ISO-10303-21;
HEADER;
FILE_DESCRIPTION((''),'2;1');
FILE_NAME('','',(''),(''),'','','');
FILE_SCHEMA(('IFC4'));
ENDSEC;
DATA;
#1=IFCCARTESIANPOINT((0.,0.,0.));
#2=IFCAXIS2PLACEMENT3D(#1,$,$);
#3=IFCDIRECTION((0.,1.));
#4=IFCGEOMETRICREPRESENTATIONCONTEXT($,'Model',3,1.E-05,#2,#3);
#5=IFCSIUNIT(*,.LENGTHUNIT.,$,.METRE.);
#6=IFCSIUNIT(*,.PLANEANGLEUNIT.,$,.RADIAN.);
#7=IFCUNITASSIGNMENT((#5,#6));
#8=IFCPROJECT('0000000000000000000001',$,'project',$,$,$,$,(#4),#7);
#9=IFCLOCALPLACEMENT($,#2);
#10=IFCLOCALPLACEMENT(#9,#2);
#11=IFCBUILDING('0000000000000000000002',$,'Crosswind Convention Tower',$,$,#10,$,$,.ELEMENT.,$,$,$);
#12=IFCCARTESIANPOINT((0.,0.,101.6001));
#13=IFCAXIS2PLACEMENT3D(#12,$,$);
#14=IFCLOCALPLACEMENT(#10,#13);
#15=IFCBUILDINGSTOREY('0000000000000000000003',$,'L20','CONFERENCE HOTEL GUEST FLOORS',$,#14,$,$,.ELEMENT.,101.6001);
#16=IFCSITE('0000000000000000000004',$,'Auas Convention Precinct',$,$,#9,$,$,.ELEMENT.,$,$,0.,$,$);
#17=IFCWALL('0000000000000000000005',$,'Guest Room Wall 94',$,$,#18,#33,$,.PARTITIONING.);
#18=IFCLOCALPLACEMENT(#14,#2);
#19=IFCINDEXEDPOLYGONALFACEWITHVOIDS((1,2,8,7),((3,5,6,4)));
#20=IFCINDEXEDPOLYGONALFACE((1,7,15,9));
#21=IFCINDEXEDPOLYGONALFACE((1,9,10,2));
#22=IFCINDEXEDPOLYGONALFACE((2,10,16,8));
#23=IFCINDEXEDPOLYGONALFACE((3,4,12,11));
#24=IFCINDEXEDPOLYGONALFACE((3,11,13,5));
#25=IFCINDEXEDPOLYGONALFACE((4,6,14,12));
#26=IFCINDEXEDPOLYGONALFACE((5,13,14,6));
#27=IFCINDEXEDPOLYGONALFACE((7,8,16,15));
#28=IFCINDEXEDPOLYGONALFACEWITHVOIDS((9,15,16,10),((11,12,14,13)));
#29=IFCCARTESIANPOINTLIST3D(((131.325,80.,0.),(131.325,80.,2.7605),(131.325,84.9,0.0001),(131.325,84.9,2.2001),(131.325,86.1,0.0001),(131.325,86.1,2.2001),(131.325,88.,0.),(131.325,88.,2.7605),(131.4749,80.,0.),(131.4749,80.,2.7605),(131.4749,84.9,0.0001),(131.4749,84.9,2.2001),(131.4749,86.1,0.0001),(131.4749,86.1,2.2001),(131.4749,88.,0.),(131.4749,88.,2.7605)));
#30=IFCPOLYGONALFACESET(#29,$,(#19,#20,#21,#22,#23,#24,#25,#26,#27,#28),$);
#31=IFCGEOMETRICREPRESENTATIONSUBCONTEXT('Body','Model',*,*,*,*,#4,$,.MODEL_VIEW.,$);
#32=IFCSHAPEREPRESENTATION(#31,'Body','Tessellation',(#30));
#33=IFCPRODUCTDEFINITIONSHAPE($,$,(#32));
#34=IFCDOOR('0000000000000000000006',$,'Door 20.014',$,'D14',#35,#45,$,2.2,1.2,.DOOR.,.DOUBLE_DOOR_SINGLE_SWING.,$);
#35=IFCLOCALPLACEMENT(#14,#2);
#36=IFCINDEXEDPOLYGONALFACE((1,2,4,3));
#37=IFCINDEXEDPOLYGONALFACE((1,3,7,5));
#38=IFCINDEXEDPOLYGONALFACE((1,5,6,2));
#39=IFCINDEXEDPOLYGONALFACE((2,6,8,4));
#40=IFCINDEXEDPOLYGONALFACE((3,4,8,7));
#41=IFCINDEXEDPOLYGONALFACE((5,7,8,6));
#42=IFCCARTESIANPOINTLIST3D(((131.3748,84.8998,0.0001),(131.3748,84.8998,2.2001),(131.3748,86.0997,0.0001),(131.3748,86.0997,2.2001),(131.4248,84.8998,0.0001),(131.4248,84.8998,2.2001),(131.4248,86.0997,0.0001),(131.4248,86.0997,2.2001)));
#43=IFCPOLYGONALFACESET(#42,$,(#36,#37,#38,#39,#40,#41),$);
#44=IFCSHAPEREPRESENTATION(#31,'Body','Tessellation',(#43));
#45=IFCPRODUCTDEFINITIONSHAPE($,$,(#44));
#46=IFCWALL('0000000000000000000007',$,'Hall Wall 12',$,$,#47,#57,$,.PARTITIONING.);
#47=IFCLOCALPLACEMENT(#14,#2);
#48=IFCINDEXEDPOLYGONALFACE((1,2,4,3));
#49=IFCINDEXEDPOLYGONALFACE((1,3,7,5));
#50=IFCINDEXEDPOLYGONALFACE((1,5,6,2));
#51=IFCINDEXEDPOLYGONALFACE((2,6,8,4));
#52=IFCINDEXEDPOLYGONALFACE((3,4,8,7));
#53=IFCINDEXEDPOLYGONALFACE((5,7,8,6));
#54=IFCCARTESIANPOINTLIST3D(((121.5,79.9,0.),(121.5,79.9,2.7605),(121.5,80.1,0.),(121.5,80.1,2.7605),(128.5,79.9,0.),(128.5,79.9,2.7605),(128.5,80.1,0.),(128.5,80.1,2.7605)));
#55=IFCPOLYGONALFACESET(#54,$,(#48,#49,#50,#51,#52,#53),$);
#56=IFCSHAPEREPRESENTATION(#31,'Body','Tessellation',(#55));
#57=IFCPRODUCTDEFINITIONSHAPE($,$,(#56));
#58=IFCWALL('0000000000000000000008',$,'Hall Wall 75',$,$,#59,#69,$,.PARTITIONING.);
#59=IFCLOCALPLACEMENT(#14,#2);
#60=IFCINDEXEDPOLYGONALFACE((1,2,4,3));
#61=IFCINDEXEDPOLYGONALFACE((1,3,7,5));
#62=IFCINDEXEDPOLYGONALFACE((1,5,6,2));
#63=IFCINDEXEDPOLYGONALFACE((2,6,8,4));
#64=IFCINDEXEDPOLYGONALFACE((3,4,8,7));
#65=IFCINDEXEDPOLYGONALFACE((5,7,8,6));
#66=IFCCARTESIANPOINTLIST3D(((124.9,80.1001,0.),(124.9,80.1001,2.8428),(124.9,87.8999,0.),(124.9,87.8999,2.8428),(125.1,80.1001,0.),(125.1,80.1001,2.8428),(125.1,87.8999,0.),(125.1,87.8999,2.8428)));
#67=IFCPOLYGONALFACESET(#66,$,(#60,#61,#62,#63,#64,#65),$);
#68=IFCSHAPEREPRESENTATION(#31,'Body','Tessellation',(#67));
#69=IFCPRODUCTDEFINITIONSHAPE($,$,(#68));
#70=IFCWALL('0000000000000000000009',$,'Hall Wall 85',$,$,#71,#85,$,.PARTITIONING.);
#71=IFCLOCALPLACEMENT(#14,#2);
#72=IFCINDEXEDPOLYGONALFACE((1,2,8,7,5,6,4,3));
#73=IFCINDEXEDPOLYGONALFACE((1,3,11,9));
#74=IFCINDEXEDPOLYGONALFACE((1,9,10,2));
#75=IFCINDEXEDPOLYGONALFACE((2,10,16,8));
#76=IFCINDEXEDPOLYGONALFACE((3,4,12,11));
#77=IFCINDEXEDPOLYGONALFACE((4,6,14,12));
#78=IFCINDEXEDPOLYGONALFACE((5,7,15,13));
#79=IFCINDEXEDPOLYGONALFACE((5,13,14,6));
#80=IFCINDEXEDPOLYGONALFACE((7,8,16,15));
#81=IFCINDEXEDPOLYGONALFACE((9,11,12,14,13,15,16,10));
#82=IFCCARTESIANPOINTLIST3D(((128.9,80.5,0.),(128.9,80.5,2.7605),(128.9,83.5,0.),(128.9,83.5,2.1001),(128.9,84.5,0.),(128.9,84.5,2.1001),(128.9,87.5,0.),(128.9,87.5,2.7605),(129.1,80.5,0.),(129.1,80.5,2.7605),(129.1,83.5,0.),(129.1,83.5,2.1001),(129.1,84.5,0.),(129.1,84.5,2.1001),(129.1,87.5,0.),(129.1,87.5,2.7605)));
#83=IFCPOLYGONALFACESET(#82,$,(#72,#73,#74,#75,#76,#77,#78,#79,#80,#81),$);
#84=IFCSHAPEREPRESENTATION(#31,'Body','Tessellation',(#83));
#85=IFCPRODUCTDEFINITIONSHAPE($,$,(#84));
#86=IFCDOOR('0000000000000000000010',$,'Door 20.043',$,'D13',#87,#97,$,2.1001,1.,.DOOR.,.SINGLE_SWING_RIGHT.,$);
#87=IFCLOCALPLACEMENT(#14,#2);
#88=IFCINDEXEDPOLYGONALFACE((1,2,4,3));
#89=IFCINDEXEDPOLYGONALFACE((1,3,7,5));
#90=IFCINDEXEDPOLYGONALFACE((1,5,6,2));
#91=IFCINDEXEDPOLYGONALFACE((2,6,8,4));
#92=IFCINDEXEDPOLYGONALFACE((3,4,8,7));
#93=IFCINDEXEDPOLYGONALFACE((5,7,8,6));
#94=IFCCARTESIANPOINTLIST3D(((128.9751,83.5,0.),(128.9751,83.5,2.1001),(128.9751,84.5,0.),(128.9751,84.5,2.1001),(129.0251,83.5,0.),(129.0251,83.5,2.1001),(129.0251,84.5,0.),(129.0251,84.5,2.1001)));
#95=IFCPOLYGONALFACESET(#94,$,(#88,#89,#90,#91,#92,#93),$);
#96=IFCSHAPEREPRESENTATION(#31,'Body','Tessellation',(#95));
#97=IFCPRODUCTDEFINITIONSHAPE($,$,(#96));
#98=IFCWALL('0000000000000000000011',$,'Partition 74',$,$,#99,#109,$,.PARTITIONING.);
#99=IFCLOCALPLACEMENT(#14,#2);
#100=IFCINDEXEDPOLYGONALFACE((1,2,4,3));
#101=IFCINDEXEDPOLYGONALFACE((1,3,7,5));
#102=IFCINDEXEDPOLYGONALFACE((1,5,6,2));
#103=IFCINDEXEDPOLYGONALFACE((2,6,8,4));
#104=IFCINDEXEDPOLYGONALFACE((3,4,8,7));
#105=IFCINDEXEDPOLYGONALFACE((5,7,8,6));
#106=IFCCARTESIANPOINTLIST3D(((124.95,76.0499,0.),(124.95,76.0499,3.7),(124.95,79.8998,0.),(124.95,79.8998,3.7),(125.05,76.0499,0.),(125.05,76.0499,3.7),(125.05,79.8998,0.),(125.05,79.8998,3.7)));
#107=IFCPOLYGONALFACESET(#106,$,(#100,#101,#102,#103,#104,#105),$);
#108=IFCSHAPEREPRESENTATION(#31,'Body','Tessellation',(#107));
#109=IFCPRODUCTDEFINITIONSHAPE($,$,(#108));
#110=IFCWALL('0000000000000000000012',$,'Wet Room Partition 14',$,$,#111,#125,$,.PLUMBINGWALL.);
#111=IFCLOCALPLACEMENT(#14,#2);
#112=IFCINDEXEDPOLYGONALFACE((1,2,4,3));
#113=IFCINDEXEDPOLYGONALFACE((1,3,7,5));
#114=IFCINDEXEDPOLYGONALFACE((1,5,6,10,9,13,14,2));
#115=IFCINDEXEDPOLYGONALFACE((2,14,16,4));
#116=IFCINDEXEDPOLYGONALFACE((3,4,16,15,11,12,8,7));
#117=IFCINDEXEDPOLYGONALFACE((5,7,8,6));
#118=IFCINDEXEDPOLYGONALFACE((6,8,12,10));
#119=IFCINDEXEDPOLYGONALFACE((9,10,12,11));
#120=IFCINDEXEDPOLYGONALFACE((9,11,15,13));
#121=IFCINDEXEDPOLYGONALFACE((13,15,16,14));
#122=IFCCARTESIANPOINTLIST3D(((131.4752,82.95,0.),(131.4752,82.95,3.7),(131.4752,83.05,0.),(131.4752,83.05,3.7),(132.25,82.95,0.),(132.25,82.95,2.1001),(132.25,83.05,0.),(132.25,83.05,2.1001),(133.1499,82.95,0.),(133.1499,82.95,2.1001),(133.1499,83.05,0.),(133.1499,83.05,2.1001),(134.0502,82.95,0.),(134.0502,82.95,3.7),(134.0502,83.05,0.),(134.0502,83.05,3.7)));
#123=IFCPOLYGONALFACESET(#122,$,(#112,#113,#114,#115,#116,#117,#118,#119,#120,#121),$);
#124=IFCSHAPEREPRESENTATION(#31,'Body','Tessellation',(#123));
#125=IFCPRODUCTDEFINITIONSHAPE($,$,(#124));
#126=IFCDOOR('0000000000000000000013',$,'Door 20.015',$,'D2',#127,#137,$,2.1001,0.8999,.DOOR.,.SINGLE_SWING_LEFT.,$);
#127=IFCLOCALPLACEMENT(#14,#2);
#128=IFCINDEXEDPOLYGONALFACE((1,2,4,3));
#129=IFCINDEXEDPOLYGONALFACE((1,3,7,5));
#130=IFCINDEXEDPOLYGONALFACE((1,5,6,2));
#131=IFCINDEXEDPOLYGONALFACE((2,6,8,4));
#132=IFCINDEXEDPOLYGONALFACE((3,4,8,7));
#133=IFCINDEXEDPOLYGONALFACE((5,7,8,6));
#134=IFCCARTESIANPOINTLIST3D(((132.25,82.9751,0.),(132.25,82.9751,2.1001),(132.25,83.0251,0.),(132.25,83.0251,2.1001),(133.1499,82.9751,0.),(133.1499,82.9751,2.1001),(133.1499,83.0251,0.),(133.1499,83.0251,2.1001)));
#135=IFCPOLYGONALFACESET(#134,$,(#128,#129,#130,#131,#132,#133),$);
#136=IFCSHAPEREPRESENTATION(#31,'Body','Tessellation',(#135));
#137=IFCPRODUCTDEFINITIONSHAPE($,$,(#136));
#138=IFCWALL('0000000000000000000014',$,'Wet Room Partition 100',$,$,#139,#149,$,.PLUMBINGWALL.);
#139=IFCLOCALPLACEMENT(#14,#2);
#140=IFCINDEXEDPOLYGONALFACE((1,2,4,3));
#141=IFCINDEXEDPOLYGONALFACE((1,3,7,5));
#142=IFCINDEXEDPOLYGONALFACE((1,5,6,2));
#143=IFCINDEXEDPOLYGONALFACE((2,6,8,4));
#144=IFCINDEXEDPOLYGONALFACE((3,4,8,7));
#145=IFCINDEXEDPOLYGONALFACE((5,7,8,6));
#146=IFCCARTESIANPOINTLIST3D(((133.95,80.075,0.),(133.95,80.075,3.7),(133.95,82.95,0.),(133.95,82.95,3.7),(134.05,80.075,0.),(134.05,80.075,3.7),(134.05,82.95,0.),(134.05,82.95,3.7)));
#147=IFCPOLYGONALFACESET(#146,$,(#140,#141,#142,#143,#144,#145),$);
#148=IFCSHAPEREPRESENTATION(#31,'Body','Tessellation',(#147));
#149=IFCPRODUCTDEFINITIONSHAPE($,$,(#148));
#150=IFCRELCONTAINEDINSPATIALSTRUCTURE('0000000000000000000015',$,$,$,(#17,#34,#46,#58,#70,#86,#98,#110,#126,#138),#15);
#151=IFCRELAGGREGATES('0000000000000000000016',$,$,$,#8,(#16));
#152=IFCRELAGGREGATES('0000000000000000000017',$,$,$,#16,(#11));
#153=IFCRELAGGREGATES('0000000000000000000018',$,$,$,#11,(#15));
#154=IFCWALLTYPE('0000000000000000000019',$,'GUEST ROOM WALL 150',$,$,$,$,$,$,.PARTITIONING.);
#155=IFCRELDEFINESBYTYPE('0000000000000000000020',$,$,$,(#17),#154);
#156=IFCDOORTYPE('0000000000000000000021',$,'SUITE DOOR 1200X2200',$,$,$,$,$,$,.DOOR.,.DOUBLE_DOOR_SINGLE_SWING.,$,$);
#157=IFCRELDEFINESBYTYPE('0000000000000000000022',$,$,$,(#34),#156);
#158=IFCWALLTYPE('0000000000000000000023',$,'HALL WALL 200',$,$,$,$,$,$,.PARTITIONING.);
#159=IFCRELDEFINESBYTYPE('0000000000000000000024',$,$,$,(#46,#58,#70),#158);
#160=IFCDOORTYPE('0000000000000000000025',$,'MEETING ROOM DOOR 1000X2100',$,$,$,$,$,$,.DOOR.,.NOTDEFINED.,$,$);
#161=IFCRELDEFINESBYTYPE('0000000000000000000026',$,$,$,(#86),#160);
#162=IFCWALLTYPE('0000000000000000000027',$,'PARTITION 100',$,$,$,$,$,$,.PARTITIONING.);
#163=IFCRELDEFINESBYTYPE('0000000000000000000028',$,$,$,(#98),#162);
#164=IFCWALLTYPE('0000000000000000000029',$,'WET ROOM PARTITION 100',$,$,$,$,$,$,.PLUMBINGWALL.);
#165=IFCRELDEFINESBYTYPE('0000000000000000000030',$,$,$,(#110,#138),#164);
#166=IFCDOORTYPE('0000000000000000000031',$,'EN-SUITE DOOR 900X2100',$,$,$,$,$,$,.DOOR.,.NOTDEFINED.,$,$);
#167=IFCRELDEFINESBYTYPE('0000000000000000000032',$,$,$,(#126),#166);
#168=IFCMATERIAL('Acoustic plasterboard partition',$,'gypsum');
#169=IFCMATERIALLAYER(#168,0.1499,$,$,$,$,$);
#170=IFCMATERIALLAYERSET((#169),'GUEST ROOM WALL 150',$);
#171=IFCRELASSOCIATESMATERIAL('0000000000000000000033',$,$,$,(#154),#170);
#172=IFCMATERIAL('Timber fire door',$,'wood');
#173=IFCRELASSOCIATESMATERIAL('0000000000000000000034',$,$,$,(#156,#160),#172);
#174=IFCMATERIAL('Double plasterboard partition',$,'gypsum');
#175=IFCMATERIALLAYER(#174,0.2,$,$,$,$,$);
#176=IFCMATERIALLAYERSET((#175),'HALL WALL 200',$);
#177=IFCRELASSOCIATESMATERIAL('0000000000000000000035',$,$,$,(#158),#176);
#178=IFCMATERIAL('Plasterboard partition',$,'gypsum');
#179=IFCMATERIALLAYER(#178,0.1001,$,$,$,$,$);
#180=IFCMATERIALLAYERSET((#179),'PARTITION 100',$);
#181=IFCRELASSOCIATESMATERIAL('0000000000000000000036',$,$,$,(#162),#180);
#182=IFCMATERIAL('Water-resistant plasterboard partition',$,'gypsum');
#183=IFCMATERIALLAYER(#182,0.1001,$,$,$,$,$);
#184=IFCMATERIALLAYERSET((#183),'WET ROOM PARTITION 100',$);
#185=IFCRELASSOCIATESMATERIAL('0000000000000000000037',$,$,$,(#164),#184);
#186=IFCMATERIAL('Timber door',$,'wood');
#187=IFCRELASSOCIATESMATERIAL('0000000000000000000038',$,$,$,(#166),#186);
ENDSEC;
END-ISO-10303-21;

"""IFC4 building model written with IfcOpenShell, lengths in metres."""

from ifc_helpers import new_model, si_unit, direction, frame, frame_2d, origin, place, context, subcontext, project, spatial, rectangle, extrude, material, layer, layer_set, type_object, element, fill, save


model = new_model("IFC4")

# Units and contexts
model_context = context("Model", 3, precision=1e-05, world=origin(), true_north=direction((0.0, 1.0)))
body_context = subcontext(model_context, "Body", "Model", "MODEL_VIEW")
ifc_project = project(units=[si_unit("LENGTHUNIT", "METRE"), si_unit("PLANEANGLEUNIT", "RADIAN")], contexts=[model_context])

# Site, building, storey
site_placement = place(None, origin())
site = spatial("IfcSite", under=ifc_project, at=site_placement, Name="Auas Convention Precinct", CompositionType="ELEMENT", RefElevation=0.0)
building_placement = place(site_placement, origin())
building = spatial("IfcBuilding", under=site, at=building_placement, Name="Crosswind Convention Tower", CompositionType="ELEMENT")
storey_placement = place(building_placement, frame((0.0, 0.0, 101.6001)))
storey = spatial("IfcBuildingStorey", under=building, at=storey_placement, Name="L20", Description="CONFERENCE HOTEL GUEST FLOORS", CompositionType="ELEMENT", Elevation=101.6001)

# Shared definitions
ifc_material_1 = material(Name="Acoustic plasterboard partition", Category="gypsum")
ifc_layer_1 = layer(ifc_material_1, 0.1499)
ifc_layer_set_1 = layer_set([ifc_layer_1], Name="GUEST ROOM WALL 150")
wall_type_1 = type_object("IfcWallType", Name="GUEST ROOM WALL 150", PredefinedType="PARTITIONING", material=ifc_layer_set_1)

# Wall, opening, door
wall_1_placement = place(storey_placement, frame((131.3999, 80.0, 0.0), z_axis=(0.0, 0.0, 1.0), x_axis=(0.0, 1.0, 0.0)))
wall_1 = element("IfcWall", 1, at=wall_1_placement, inside=storey, type_object=wall_type_1, Name="Guest Room Wall 94", PredefinedType="PARTITIONING", context=body_context, shape_type="SweptSolid", body=[
    extrude(rectangle(XDim=8.0, YDim=0.1499, at=frame_2d((4.0, 0.0))), origin(), (0.0, 0.0, 1.0), 2.7605),
])
opening_1_placement = place(wall_1_placement, frame((4.8999, 0.0, 0.0)))
opening_1 = element("IfcOpeningElement", 2, at=opening_1_placement, cuts=wall_1, PredefinedType="OPENING", context=body_context, shape_type="SweptSolid", body=[
    extrude(rectangle(XDim=1.2, YDim=2.2, at=frame_2d((0.6001, 1.1001))), frame((0.0, 0.085, 0.0), z_axis=(0.0, -1.0, 0.0), x_axis=(1.0, 0.0, 0.0)), (0.0, 0.0, 1.0), 0.1699),
])
ifc_material_2 = material(Name="Timber fire door", Category="wood")
door_type_1 = type_object("IfcDoorType", Name="SUITE DOOR 1200X2200", OperationType="DOUBLE_DOOR_SINGLE_SWING", PredefinedType="DOOR", material=ifc_material_2)
door_1_placement = place(opening_1_placement, frame((1.2, 0.0, 0.0), z_axis=(0.0, 0.0, 1.0), x_axis=(-1.0, 0.0, 0.0)))
door_1 = element("IfcDoor", 3, at=door_1_placement, inside=storey, type_object=door_type_1, Name="Door 20.014", ObjectType="D14", OperationType="DOUBLE_DOOR_SINGLE_SWING", OverallHeight=2.2, OverallWidth=1.2, PredefinedType="DOOR", context=body_context, shape_type="SweptSolid", body=[
    extrude(rectangle(XDim=1.2, YDim=2.2, at=frame_2d((0.6001, 1.1001))), frame((0.0, 0.0249, 0.0), z_axis=(0.0, -1.0, 0.0), x_axis=(1.0, 0.0, 0.0)), (0.0, 0.0, 1.0), 0.05),
])
fill(opening_1, door_1)

# Walls
ifc_material_3 = material(Name="Double plasterboard partition", Category="gypsum")
ifc_layer_2 = layer(ifc_material_3, 0.2)
ifc_layer_set_2 = layer_set([ifc_layer_2], Name="HALL WALL 200")
wall_type_2 = type_object("IfcWallType", Name="HALL WALL 200", PredefinedType="PARTITIONING", material=ifc_layer_set_2)
wall_2_placement = place(storey_placement, frame((121.5, 80.0, 0.0), z_axis=(0.0, 0.0, 1.0), x_axis=(1.0, 0.0, 0.0)))
element("IfcWall", 4, at=wall_2_placement, inside=storey, type_object=wall_type_2, Name="Hall Wall 12", PredefinedType="PARTITIONING", context=body_context, shape_type="SweptSolid", body=[
    extrude(rectangle(XDim=7.0, YDim=0.2, at=frame_2d((3.5, 0.0))), origin(), (0.0, 0.0, 1.0), 2.7605),
])
wall_3_placement = place(storey_placement, frame((125.0, 80.1001, 0.0), z_axis=(0.0, 0.0, 1.0), x_axis=(0.0, 1.0, 0.0)))
element("IfcWall", 5, at=wall_3_placement, inside=storey, type_object=wall_type_2, Name="Hall Wall 75", PredefinedType="PARTITIONING", context=body_context, shape_type="SweptSolid", body=[
    extrude(rectangle(XDim=7.7998, YDim=0.2, at=frame_2d((3.8999, 0.0))), origin(), (0.0, 0.0, 1.0), 2.8428),
])

# Wall, opening, door
wall_4_placement = place(storey_placement, frame((129.0, 80.5, 0.0), z_axis=(0.0, 0.0, 1.0), x_axis=(0.0, 1.0, 0.0)))
wall_4 = element("IfcWall", 6, at=wall_4_placement, inside=storey, type_object=wall_type_2, Name="Hall Wall 85", PredefinedType="PARTITIONING", context=body_context, shape_type="SweptSolid", body=[
    extrude(rectangle(XDim=7.0, YDim=0.2, at=frame_2d((3.5, 0.0))), origin(), (0.0, 0.0, 1.0), 2.7605),
])
opening_2_placement = place(wall_4_placement, frame((3.0, 0.0, 0.0)))
opening_2 = element("IfcOpeningElement", 7, at=opening_2_placement, cuts=wall_4, PredefinedType="OPENING", context=body_context, shape_type="SweptSolid", body=[
    extrude(rectangle(XDim=1.0, YDim=2.1001, at=frame_2d((0.5, 1.05))), frame((0.0, 0.1099, 0.0), z_axis=(0.0, -1.0, 0.0), x_axis=(1.0, 0.0, 0.0)), (0.0, 0.0, 1.0), 0.22),
])
door_type_2 = type_object("IfcDoorType", Name="MEETING ROOM DOOR 1000X2100", OperationType="NOTDEFINED", PredefinedType="DOOR", material=ifc_material_2)
door_2_placement = place(opening_2_placement, origin())
door_2 = element("IfcDoor", 8, at=door_2_placement, inside=storey, type_object=door_type_2, Name="Door 20.043", ObjectType="D13", OperationType="SINGLE_SWING_RIGHT", OverallHeight=2.1001, OverallWidth=1.0, PredefinedType="DOOR", context=body_context, shape_type="SweptSolid", body=[
    extrude(rectangle(XDim=1.0, YDim=2.1001, at=frame_2d((0.5, 1.05))), frame((0.0, 0.0249, 0.0), z_axis=(0.0, -1.0, 0.0), x_axis=(1.0, 0.0, 0.0)), (0.0, 0.0, 1.0), 0.05),
])
fill(opening_2, door_2)

# Wall
ifc_material_4 = material(Name="Plasterboard partition", Category="gypsum")
ifc_layer_3 = layer(ifc_material_4, 0.1001)
ifc_layer_set_3 = layer_set([ifc_layer_3], Name="PARTITION 100")
wall_type_3 = type_object("IfcWallType", Name="PARTITION 100", PredefinedType="PARTITIONING", material=ifc_layer_set_3)
wall_5_placement = place(storey_placement, frame((125.0, 76.05, 0.0), z_axis=(0.0, 0.0, 1.0), x_axis=(0.0, 1.0, 0.0)))
element("IfcWall", 9, at=wall_5_placement, inside=storey, type_object=wall_type_3, Name="Partition 74", PredefinedType="PARTITIONING", context=body_context, shape_type="SweptSolid", body=[
    extrude(rectangle(XDim=3.8499, YDim=0.1001, at=frame_2d((1.9248, 0.0))), origin(), (0.0, 0.0, 1.0), 3.7),
])

# Wall, opening, door
ifc_material_5 = material(Name="Water-resistant plasterboard partition", Category="gypsum")
ifc_layer_4 = layer(ifc_material_5, 0.1001)
ifc_layer_set_4 = layer_set([ifc_layer_4], Name="WET ROOM PARTITION 100")
wall_type_4 = type_object("IfcWallType", Name="WET ROOM PARTITION 100", PredefinedType="PLUMBINGWALL", material=ifc_layer_set_4)
wall_6_placement = place(storey_placement, frame((131.4751, 83.0, 0.0), z_axis=(0.0, 0.0, 1.0), x_axis=(1.0, 0.0, 0.0)))
wall_6 = element("IfcWall", 10, at=wall_6_placement, inside=storey, type_object=wall_type_4, Name="Wet Room Partition 14", PredefinedType="PLUMBINGWALL", context=body_context, shape_type="SweptSolid", body=[
    extrude(rectangle(XDim=2.575, YDim=0.1001, at=frame_2d((1.2876, 0.0))), origin(), (0.0, 0.0, 1.0), 3.7),
])
opening_3_placement = place(wall_6_placement, frame((0.7749, 0.0, 0.0)))
opening_3 = element("IfcOpeningElement", 11, at=opening_3_placement, cuts=wall_6, PredefinedType="OPENING", context=body_context, shape_type="SweptSolid", body=[
    extrude(rectangle(XDim=0.8999, YDim=2.1001, at=frame_2d((0.45, 1.05))), frame((0.0, 0.0601, 0.0), z_axis=(0.0, -1.0, 0.0), x_axis=(1.0, 0.0, 0.0)), (0.0, 0.0, 1.0), 0.1201),
])
ifc_material_6 = material(Name="Timber door", Category="wood")
door_type_3 = type_object("IfcDoorType", Name="EN-SUITE DOOR 900X2100", OperationType="NOTDEFINED", PredefinedType="DOOR", material=ifc_material_6)
door_3_placement = place(opening_3_placement, frame((0.8999, 0.0, 0.0), z_axis=(0.0, 0.0, 1.0), x_axis=(-1.0, 0.0, 0.0)))
door_3 = element("IfcDoor", 12, at=door_3_placement, inside=storey, type_object=door_type_3, Name="Door 20.015", ObjectType="D2", OperationType="SINGLE_SWING_LEFT", OverallHeight=2.1001, OverallWidth=0.8999, PredefinedType="DOOR", context=body_context, shape_type="SweptSolid", body=[
    extrude(rectangle(XDim=0.8999, YDim=2.1001, at=frame_2d((0.45, 1.05))), frame((0.0, 0.0249, 0.0), z_axis=(0.0, -1.0, 0.0), x_axis=(1.0, 0.0, 0.0)), (0.0, 0.0, 1.0), 0.05),
])
fill(opening_3, door_3)

# Wall
wall_7_placement = place(storey_placement, frame((134.0, 80.075, 0.0), z_axis=(0.0, 0.0, 1.0), x_axis=(0.0, 1.0, 0.0)))
element("IfcWall", 13, at=wall_7_placement, inside=storey, type_object=wall_type_4, Name="Wet Room Partition 100", PredefinedType="PLUMBINGWALL", context=body_context, shape_type="SweptSolid", body=[
    extrude(rectangle(XDim=2.875, YDim=0.1001, at=frame_2d((1.4375, 0.0))), origin(), (0.0, 0.0, 1.0), 3.7),
])

save(model, "model.ifc")
